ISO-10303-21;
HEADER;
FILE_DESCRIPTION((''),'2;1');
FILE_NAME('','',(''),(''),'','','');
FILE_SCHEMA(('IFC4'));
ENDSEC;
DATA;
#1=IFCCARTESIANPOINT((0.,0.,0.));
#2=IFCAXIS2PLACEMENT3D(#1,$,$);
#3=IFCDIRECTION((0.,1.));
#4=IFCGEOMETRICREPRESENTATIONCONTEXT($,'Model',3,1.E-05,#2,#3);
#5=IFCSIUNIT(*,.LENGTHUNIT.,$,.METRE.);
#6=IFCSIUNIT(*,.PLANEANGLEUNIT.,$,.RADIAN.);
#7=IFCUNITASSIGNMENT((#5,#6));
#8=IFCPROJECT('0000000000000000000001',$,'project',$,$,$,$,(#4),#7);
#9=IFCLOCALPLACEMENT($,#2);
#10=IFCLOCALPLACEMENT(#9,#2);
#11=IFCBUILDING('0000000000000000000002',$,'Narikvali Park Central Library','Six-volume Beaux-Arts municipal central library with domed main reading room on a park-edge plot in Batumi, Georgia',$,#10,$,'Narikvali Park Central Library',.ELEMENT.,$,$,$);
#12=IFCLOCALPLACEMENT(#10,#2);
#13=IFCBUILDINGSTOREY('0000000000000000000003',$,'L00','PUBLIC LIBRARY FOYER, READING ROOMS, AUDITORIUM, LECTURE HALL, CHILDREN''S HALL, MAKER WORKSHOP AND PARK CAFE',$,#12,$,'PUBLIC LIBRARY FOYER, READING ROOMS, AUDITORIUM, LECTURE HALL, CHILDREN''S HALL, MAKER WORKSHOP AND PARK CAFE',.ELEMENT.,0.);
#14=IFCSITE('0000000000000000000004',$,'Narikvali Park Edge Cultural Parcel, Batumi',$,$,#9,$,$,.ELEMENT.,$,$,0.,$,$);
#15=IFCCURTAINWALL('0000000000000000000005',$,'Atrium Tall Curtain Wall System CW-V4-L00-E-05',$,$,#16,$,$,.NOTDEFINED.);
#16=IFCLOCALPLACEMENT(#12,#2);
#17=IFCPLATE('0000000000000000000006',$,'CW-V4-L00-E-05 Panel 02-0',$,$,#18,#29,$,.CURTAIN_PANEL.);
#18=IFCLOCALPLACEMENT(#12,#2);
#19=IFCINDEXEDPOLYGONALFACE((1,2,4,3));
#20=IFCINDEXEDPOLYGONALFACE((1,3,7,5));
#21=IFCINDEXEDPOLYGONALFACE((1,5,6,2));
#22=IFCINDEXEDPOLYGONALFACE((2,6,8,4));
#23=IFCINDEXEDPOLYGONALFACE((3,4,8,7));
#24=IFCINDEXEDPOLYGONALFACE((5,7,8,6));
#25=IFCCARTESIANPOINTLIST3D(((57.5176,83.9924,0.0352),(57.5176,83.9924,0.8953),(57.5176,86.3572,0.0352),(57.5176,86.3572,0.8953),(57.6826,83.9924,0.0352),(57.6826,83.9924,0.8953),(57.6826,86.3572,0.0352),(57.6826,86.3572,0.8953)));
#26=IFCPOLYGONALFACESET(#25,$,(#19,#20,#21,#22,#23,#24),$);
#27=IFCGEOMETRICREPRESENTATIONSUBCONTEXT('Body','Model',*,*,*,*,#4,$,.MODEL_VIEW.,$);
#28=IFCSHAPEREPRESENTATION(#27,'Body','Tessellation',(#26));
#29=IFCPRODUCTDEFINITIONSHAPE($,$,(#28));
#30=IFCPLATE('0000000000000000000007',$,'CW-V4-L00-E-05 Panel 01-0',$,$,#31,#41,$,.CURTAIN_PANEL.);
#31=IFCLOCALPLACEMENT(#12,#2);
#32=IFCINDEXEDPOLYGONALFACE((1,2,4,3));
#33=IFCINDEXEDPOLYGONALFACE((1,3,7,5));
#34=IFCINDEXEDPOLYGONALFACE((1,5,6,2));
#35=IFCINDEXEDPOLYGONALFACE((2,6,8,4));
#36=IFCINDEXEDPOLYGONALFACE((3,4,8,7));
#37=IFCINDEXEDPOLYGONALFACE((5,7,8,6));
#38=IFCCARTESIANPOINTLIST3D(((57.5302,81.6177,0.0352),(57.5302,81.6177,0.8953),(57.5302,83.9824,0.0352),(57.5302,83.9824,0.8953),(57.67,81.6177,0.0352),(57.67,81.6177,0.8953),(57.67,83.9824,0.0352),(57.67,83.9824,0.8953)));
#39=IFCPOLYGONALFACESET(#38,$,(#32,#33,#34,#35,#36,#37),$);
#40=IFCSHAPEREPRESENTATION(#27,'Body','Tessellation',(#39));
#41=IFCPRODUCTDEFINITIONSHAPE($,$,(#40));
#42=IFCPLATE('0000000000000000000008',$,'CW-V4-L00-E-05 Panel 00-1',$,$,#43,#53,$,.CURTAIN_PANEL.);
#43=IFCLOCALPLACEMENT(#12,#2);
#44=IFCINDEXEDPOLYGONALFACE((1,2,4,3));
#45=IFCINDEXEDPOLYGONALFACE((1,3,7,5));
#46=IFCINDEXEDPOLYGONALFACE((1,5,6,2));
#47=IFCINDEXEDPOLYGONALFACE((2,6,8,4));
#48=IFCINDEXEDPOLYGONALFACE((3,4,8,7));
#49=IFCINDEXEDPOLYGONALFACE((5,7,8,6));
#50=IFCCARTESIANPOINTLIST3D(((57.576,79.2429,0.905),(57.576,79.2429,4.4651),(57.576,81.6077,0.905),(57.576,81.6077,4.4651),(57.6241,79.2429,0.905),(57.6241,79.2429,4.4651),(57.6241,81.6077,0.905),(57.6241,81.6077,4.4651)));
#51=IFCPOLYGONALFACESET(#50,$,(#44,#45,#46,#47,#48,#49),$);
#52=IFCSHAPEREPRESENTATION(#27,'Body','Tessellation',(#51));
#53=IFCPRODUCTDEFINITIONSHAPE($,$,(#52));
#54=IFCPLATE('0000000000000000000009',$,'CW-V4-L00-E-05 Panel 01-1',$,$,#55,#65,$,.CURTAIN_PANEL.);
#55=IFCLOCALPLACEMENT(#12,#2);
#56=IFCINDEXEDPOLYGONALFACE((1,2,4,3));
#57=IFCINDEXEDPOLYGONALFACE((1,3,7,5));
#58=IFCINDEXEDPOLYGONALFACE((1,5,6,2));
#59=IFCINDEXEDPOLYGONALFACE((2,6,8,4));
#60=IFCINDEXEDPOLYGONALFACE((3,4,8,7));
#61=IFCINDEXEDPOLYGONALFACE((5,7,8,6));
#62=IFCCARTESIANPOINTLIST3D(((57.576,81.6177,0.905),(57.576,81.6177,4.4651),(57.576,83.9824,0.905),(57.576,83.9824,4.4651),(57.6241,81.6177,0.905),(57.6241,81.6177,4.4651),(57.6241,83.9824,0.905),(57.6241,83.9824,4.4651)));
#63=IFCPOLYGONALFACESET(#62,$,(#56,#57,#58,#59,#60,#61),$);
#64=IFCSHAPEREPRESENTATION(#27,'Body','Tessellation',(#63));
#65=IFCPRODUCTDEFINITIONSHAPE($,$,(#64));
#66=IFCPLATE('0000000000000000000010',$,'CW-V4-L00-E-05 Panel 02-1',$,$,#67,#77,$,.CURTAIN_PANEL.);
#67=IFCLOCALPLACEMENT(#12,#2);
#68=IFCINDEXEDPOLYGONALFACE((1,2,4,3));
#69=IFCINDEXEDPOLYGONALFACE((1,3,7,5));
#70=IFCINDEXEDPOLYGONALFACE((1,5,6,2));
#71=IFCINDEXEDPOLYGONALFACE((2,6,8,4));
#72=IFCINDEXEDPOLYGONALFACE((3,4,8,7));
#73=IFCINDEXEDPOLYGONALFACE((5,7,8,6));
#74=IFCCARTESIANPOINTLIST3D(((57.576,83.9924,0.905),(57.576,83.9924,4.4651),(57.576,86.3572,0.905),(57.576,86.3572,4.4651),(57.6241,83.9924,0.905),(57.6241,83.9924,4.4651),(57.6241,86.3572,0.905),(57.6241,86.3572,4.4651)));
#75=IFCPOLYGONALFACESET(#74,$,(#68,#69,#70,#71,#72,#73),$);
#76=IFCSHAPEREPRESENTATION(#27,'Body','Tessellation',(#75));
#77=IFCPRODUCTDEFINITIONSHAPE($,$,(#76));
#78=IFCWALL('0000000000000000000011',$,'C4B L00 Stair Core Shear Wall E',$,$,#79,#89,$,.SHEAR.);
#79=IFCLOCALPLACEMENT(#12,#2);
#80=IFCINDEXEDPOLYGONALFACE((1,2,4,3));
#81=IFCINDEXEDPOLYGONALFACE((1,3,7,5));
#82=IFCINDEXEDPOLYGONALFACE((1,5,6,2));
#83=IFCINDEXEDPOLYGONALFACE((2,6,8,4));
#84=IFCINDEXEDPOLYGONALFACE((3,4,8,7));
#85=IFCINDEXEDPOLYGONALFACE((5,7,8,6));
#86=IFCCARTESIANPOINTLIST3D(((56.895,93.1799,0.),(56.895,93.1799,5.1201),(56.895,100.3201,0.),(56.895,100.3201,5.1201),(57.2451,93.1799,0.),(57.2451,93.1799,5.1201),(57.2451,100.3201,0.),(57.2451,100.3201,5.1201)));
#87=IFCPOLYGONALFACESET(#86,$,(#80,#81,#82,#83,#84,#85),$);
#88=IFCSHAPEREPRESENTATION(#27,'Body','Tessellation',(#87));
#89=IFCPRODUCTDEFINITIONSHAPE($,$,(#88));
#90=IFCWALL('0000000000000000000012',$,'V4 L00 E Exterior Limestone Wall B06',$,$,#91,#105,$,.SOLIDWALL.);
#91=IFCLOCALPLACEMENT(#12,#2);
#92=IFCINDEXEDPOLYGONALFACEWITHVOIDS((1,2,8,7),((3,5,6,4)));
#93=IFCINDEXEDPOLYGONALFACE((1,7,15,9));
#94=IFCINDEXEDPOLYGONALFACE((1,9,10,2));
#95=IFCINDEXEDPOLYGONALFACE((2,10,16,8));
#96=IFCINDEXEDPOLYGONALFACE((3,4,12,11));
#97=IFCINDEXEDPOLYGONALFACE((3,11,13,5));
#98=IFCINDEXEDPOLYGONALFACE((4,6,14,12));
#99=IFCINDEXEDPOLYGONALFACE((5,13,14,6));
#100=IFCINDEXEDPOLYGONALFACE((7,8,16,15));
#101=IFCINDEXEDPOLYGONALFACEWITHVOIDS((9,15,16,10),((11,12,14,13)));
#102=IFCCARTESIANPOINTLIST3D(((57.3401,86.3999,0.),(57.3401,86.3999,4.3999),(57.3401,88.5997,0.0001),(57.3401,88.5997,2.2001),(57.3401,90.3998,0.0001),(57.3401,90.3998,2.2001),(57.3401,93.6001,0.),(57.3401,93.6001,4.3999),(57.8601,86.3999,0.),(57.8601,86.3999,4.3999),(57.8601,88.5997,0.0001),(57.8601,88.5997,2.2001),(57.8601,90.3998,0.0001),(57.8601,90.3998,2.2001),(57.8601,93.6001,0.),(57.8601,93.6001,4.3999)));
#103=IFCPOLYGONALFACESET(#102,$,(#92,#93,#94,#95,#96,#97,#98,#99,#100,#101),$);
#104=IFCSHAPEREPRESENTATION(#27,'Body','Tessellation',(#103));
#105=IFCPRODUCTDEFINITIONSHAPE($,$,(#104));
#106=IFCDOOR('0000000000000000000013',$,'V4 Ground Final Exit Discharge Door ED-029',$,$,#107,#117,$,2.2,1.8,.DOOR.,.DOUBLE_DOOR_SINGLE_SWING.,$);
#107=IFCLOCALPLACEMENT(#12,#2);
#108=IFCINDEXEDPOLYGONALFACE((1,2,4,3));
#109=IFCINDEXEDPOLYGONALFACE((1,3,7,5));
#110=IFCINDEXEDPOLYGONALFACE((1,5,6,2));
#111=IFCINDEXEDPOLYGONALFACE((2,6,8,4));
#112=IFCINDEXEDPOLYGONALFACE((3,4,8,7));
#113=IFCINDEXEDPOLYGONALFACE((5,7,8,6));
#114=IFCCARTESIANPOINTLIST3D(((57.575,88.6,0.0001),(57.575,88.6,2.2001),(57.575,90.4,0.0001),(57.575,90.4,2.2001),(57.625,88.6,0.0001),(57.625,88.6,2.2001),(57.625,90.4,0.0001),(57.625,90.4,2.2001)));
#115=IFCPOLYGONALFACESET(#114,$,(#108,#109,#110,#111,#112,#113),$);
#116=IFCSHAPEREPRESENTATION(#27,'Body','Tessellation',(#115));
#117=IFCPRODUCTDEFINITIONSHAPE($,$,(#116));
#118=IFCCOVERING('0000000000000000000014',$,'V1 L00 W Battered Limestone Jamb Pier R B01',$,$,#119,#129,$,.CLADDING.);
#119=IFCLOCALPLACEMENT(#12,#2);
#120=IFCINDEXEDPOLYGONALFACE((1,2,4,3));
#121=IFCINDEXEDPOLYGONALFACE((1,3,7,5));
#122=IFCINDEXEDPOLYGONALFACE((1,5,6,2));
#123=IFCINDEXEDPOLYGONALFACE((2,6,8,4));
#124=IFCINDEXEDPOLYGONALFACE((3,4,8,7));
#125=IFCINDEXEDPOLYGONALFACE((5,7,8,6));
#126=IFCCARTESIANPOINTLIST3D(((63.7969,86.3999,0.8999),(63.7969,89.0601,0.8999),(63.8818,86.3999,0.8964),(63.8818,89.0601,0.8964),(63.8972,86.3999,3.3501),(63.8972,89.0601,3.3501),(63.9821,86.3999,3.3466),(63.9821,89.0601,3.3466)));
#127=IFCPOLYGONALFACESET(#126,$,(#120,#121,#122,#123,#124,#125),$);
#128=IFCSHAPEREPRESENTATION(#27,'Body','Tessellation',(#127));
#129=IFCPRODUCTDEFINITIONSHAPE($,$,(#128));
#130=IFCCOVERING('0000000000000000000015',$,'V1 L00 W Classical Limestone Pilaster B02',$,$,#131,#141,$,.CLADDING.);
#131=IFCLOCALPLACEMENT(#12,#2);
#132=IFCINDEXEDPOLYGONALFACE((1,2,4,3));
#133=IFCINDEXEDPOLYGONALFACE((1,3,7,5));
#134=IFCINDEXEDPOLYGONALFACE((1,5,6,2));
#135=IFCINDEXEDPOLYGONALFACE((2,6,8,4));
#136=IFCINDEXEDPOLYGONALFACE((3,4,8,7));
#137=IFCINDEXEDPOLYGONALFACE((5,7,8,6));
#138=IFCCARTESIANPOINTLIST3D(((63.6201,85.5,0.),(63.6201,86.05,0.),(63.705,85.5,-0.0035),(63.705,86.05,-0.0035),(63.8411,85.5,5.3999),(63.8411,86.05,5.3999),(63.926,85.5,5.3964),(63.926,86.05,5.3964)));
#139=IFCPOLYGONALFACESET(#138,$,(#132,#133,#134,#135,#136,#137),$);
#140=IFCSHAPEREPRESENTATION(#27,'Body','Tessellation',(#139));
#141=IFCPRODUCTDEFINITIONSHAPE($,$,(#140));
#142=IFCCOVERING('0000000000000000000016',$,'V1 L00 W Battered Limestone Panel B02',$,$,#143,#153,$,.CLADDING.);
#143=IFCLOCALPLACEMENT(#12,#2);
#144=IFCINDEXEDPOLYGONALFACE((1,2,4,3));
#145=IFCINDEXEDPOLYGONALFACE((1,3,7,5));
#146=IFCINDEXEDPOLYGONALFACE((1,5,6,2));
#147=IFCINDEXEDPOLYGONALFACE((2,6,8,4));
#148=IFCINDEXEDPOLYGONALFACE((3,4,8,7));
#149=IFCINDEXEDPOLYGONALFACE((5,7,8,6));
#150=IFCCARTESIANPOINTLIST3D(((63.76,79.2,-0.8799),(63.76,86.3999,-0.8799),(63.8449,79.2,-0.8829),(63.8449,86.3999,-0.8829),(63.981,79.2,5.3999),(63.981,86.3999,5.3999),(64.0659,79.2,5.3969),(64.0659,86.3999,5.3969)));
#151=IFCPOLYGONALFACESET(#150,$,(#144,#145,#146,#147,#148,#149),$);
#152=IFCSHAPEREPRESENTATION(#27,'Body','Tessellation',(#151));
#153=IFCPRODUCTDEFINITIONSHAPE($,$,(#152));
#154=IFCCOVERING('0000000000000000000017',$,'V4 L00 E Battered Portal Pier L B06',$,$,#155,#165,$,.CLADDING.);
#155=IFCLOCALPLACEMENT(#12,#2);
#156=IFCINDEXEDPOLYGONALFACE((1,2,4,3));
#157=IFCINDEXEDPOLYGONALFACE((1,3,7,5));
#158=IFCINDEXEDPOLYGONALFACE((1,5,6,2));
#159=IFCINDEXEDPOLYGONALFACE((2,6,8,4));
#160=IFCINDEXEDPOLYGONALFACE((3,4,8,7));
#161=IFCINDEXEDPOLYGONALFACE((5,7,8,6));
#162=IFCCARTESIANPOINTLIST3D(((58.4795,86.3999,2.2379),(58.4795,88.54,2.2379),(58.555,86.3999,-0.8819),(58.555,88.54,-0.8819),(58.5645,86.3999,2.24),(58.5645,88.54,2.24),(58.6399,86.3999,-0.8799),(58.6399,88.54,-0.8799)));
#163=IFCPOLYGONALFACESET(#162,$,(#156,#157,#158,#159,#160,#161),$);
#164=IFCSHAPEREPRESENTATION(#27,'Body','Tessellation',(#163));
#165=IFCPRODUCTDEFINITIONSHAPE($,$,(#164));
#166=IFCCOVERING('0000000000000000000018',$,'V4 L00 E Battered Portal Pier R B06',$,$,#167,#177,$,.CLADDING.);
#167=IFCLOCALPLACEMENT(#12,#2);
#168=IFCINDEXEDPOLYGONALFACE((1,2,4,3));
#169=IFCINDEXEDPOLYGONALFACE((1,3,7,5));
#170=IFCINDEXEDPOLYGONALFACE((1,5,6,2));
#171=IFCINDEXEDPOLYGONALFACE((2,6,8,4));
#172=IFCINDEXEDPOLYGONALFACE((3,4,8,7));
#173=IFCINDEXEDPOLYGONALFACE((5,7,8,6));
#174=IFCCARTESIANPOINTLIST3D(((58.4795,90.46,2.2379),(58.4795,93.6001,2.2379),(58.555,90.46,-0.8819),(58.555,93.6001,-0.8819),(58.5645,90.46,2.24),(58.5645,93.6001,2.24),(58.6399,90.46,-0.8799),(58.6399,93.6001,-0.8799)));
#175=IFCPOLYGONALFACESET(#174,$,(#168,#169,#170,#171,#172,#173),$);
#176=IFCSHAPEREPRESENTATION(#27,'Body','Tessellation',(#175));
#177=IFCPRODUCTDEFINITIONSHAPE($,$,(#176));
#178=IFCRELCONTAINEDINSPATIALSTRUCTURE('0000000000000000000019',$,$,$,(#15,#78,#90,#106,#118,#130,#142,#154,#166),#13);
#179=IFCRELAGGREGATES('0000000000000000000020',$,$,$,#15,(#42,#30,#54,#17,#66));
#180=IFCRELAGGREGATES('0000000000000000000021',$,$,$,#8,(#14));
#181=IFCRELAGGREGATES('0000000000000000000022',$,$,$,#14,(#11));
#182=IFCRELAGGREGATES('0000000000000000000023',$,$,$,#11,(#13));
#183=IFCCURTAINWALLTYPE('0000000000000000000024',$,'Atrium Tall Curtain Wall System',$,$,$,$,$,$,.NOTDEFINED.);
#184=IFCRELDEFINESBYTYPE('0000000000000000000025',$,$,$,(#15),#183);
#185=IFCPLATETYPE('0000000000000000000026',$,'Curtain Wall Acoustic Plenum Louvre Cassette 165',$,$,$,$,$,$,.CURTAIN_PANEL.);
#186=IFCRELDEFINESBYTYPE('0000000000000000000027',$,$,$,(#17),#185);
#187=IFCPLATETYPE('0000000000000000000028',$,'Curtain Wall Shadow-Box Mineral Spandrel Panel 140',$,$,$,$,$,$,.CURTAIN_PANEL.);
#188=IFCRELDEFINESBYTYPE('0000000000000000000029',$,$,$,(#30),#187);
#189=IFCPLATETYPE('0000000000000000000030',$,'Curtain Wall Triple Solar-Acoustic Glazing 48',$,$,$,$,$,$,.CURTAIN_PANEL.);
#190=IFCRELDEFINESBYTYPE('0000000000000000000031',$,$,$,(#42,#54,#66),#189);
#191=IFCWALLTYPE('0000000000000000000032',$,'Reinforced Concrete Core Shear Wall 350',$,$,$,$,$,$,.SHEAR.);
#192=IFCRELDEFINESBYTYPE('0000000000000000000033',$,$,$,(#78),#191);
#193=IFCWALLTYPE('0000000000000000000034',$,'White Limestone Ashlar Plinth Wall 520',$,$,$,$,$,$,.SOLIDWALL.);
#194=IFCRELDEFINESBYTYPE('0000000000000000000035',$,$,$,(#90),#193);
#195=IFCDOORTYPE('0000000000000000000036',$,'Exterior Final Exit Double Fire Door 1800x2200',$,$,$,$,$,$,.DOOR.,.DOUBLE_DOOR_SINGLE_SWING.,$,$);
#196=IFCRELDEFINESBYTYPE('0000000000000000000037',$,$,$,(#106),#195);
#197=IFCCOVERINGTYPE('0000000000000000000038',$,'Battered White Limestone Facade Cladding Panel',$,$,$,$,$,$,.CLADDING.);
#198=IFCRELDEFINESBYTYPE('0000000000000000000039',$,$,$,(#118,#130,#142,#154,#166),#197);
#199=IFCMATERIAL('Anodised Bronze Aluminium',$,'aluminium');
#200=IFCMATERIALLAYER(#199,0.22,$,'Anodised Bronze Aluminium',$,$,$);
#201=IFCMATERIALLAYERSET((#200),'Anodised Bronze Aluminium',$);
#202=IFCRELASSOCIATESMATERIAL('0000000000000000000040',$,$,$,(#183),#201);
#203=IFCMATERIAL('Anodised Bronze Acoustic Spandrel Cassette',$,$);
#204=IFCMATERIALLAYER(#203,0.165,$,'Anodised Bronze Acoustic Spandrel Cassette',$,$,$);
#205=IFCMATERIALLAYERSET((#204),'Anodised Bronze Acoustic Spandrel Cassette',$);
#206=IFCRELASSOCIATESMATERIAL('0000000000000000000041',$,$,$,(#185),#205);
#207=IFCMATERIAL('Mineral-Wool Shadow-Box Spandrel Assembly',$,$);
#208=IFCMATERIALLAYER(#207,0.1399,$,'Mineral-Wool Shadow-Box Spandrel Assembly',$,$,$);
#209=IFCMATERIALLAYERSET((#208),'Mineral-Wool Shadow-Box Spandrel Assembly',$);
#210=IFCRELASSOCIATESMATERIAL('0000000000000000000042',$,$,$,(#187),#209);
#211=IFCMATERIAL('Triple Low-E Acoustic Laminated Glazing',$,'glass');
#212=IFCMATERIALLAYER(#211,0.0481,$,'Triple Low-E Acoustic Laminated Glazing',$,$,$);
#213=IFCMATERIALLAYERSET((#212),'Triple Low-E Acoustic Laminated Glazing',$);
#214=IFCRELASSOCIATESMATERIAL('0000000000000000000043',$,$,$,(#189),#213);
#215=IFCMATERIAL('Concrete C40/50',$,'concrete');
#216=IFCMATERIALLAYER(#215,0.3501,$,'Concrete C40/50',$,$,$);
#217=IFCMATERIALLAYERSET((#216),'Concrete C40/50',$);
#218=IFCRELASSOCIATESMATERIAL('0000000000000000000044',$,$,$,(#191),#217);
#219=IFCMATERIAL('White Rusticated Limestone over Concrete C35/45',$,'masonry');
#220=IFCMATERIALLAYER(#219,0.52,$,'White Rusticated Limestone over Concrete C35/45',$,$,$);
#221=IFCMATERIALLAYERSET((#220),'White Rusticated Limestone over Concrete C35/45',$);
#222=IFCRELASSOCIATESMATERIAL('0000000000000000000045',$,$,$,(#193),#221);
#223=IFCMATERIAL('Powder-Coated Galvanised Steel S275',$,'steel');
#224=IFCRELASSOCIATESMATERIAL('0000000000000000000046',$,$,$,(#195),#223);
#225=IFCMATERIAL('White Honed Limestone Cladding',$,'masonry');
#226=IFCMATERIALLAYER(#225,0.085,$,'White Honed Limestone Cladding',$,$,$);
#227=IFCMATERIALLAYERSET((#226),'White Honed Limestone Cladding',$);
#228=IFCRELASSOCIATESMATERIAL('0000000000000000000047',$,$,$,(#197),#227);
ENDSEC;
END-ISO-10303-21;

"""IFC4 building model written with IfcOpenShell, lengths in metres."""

from ifc_helpers import new_model, si_unit, direction, frame, frame_2d, origin, origin_2d, place, context, subcontext, project, spatial, polyline, rectangle, outline, extrude, material, layer, layer_set, type_object, element, fill, aggregate, save


model = new_model("IFC4")

# Units and contexts
model_context = context("Model", 3, precision=1e-05, world=origin(), true_north=direction((0.0, 1.0)))
body_context = subcontext(model_context, "Body", "Model", "MODEL_VIEW")
ifc_project = project(units=[si_unit("LENGTHUNIT", "METRE"), si_unit("PLANEANGLEUNIT", "RADIAN")], contexts=[model_context])

# Site, building, storey
site_placement = place(None, origin())
site = spatial("IfcSite", under=ifc_project, at=site_placement, Name="Narikvali Park Edge Cultural Parcel, Batumi", CompositionType="ELEMENT", RefElevation=0.0)
building_placement = place(site_placement, origin())
building = spatial("IfcBuilding", under=site, at=building_placement, Name="Narikvali Park Central Library", Description="Six-volume Beaux-Arts municipal central library with domed main reading room on a park-edge plot in Batumi, Georgia", LongName="Narikvali Park Central Library", CompositionType="ELEMENT")
storey_placement = place(building_placement, origin())
storey = spatial("IfcBuildingStorey", under=building, at=storey_placement, Name="L00", Description="PUBLIC LIBRARY FOYER, READING ROOMS, AUDITORIUM, LECTURE HALL, CHILDREN'S HALL, MAKER WORKSHOP AND PARK CAFE", LongName="PUBLIC LIBRARY FOYER, READING ROOMS, AUDITORIUM, LECTURE HALL, CHILDREN'S HALL, MAKER WORKSHOP AND PARK CAFE", CompositionType="ELEMENT", Elevation=0.0)

# Curtain wall
ifc_material_1 = material(Name="Anodised Bronze Aluminium", Category="aluminium")
ifc_layer_1 = layer(ifc_material_1, 0.22, Name="Anodised Bronze Aluminium")
ifc_layer_set_1 = layer_set([ifc_layer_1], Name="Anodised Bronze Aluminium")
curtain_wall_type = type_object("IfcCurtainWallType", Name="Atrium Tall Curtain Wall System", PredefinedType="NOTDEFINED", material=ifc_layer_set_1)
curtain_wall_placement = place(storey_placement, origin())
curtain_wall = element("IfcCurtainWall", 1, at=curtain_wall_placement, inside=storey, type_object=curtain_wall_type, Name="Atrium Tall Curtain Wall System CW-V4-L00-E-05", PredefinedType="NOTDEFINED")

# Plates
ifc_material_2 = material(Name="Anodised Bronze Acoustic Spandrel Cassette")
ifc_layer_2 = layer(ifc_material_2, 0.165, Name="Anodised Bronze Acoustic Spandrel Cassette")
ifc_layer_set_2 = layer_set([ifc_layer_2], Name="Anodised Bronze Acoustic Spandrel Cassette")
plate_type_1 = type_object("IfcPlateType", Name="Curtain Wall Acoustic Plenum Louvre Cassette 165", PredefinedType="CURTAIN_PANEL", material=ifc_layer_set_2)
plate_1_placement = place(storey_placement, frame((57.6001, 85.1748, 0.0352), z_axis=(0.0, 0.0, 1.0), x_axis=(0.0, 1.0, 0.0)))
plate_1 = element("IfcPlate", 2, at=plate_1_placement, type_object=plate_type_1, Name="CW-V4-L00-E-05 Panel 02-0", PredefinedType="CURTAIN_PANEL", context=body_context, shape_type="SweptSolid", body=[
    extrude(rectangle(XDim=2.3647, YDim=0.165, at=origin_2d()), origin(), (0.0, 0.0, 1.0), 0.8601),
])
ifc_material_3 = material(Name="Mineral-Wool Shadow-Box Spandrel Assembly")
ifc_layer_3 = layer(ifc_material_3, 0.1399, Name="Mineral-Wool Shadow-Box Spandrel Assembly")
ifc_layer_set_3 = layer_set([ifc_layer_3], Name="Mineral-Wool Shadow-Box Spandrel Assembly")
plate_type_2 = type_object("IfcPlateType", Name="Curtain Wall Shadow-Box Mineral Spandrel Panel 140", PredefinedType="CURTAIN_PANEL", material=ifc_layer_set_3)
plate_2_placement = place(storey_placement, frame((57.6001, 82.8, 0.0352), z_axis=(0.0, 0.0, 1.0), x_axis=(0.0, 1.0, 0.0)))
plate_2 = element("IfcPlate", 3, at=plate_2_placement, type_object=plate_type_2, Name="CW-V4-L00-E-05 Panel 01-0", PredefinedType="CURTAIN_PANEL", context=body_context, shape_type="SweptSolid", body=[
    extrude(rectangle(XDim=2.3647, YDim=0.1399, at=origin_2d()), origin(), (0.0, 0.0, 1.0), 0.8601),
])
ifc_material_4 = material(Name="Triple Low-E Acoustic Laminated Glazing", Category="glass")
ifc_layer_4 = layer(ifc_material_4, 0.0481, Name="Triple Low-E Acoustic Laminated Glazing")
ifc_layer_set_4 = layer_set([ifc_layer_4], Name="Triple Low-E Acoustic Laminated Glazing")
plate_type_3 = type_object("IfcPlateType", Name="Curtain Wall Triple Solar-Acoustic Glazing 48", PredefinedType="CURTAIN_PANEL", material=ifc_layer_set_4)
plate_3_placement = place(storey_placement, frame((57.6001, 80.4253, 0.905), z_axis=(0.0, 0.0, 1.0), x_axis=(0.0, 1.0, 0.0)))
plate_3 = element("IfcPlate", 4, at=plate_3_placement, type_object=plate_type_3, Name="CW-V4-L00-E-05 Panel 00-1", PredefinedType="CURTAIN_PANEL", context=body_context, shape_type="SweptSolid", body=[
    extrude(rectangle(XDim=2.3647, YDim=0.0481, at=origin_2d()), origin(), (0.0, 0.0, 1.0), 3.5601),
])
plate_4_placement = place(storey_placement, frame((57.6001, 82.8, 0.905), z_axis=(0.0, 0.0, 1.0), x_axis=(0.0, 1.0, 0.0)))
plate_4 = element("IfcPlate", 5, at=plate_4_placement, type_object=plate_type_3, Name="CW-V4-L00-E-05 Panel 01-1", PredefinedType="CURTAIN_PANEL", context=body_context, shape_type="SweptSolid", body=[
    extrude(rectangle(XDim=2.3647, YDim=0.0481, at=origin_2d()), origin(), (0.0, 0.0, 1.0), 3.5601),
])
plate_5_placement = place(storey_placement, frame((57.6001, 85.1748, 0.905), z_axis=(0.0, 0.0, 1.0), x_axis=(0.0, 1.0, 0.0)))
plate_5 = element("IfcPlate", 6, at=plate_5_placement, type_object=plate_type_3, Name="CW-V4-L00-E-05 Panel 02-1", PredefinedType="CURTAIN_PANEL", context=body_context, shape_type="SweptSolid", body=[
    extrude(rectangle(XDim=2.3647, YDim=0.0481, at=origin_2d()), origin(), (0.0, 0.0, 1.0), 3.5601),
])
aggregate(curtain_wall, [plate_3, plate_2, plate_4, plate_1, plate_5])

# Shared definitions
ifc_material_5 = material(Name="Concrete C40/50", Category="concrete")
ifc_layer_5 = layer(ifc_material_5, 0.3501, Name="Concrete C40/50")
ifc_layer_set_5 = layer_set([ifc_layer_5], Name="Concrete C40/50")
wall_type_1 = type_object("IfcWallType", Name="Reinforced Concrete Core Shear Wall 350", PredefinedType="SHEAR", material=ifc_layer_set_5)

# Wall
wall_1_placement = place(storey_placement, frame((57.0701, 93.1799, 0.0), z_axis=(0.0, 0.0, 1.0), x_axis=(0.0, 1.0, 0.0)))
element("IfcWall", 7, at=wall_1_placement, inside=storey, type_object=wall_type_1, Name="C4B L00 Stair Core Shear Wall E", PredefinedType="SHEAR", context=body_context, shape_type="SweptSolid", body=[
    extrude(rectangle(XDim=7.1401, YDim=0.3501, at=frame_2d((3.5701, 0.0))), origin(), (0.0, 0.0, 1.0), 5.1201),
])

# Wall, opening, door
ifc_material_6 = material(Name="White Rusticated Limestone over Concrete C35/45", Category="masonry")
ifc_layer_6 = layer(ifc_material_6, 0.52, Name="White Rusticated Limestone over Concrete C35/45")
ifc_layer_set_6 = layer_set([ifc_layer_6], Name="White Rusticated Limestone over Concrete C35/45")
wall_type_2 = type_object("IfcWallType", Name="White Limestone Ashlar Plinth Wall 520", PredefinedType="SOLIDWALL", material=ifc_layer_set_6)
wall_2_placement = place(storey_placement, frame((57.6001, 86.3999, 0.0), z_axis=(0.0, 0.0, 1.0), x_axis=(0.0, 1.0, 0.0)))
wall_2 = element("IfcWall", 8, at=wall_2_placement, inside=storey, type_object=wall_type_2, Name="V4 L00 E Exterior Limestone Wall B06", PredefinedType="SOLIDWALL", context=body_context, shape_type="SweptSolid", body=[
    extrude(rectangle(XDim=7.2002, YDim=0.52, at=frame_2d((3.6001, 0.0))), origin(), (0.0, 0.0, 1.0), 4.3999),
])
opening_1_placement = place(wall_2_placement, frame((2.2, 0.0, 0.0)))
opening_1 = element("IfcOpeningElement", 9, at=opening_1_placement, cuts=wall_2, PredefinedType="OPENING", context=body_context, shape_type="SweptSolid", body=[
    extrude(rectangle(XDim=1.8, YDim=2.2, at=frame_2d((0.8999, 1.1001))), frame((0.0, 0.272, 0.0), z_axis=(0.0, -1.0, 0.0), x_axis=(1.0, 0.0, 0.0)), (0.0, 0.0, 1.0), 0.5439),
])
ifc_material_7 = material(Name="Powder-Coated Galvanised Steel S275", Category="steel")
door_type_1 = type_object("IfcDoorType", Name="Exterior Final Exit Double Fire Door 1800x2200", OperationType="DOUBLE_DOOR_SINGLE_SWING", PredefinedType="DOOR", material=ifc_material_7)
door_1_placement = place(opening_1_placement, frame((1.8, 0.0, 0.0), z_axis=(0.0, 0.0, 1.0), x_axis=(-1.0, 0.0, 0.0)))
door_1 = element("IfcDoor", 10, at=door_1_placement, inside=storey, type_object=door_type_1, Name="V4 Ground Final Exit Discharge Door ED-029", OperationType="DOUBLE_DOOR_SINGLE_SWING", OverallHeight=2.2, OverallWidth=1.8, PredefinedType="DOOR", context=body_context, shape_type="SweptSolid", body=[
    extrude(rectangle(XDim=1.8, YDim=2.2, at=frame_2d((0.8999, 1.1001))), frame((0.0, 0.0249, 0.0), z_axis=(0.0, -1.0, 0.0), x_axis=(1.0, 0.0, 0.0)), (0.0, 0.0, 1.0), 0.05),
])
fill(opening_1, door_1)

# Coverings
ifc_material_8 = material(Name="White Honed Limestone Cladding", Category="masonry")
ifc_layer_7 = layer(ifc_material_8, 0.085, Name="White Honed Limestone Cladding")
ifc_layer_set_7 = layer_set([ifc_layer_7], Name="White Honed Limestone Cladding")
covering_type = type_object("IfcCoveringType", Name="Battered White Limestone Facade Cladding Panel", PredefinedType="CLADDING", material=ifc_layer_set_7)
covering_1_placement = place(storey_placement, frame((63.7969, 89.0601, 0.8999), z_axis=(-0.999162, 0.0, 0.040918), x_axis=(0.0, -1.0, 0.0)))
element("IfcCovering", 11, at=covering_1_placement, inside=storey, type_object=covering_type, Name="V1 L00 W Battered Limestone Jamb Pier R B01", PredefinedType="CLADDING", context=body_context, shape_type="SweptSolid", body=[
    extrude(outline(polyline([(0.0, 0.0), (2.6602, 0.0), (2.6602, 2.4522), (0.0, 2.4522), (0.0, 0.0)])), origin(), (0.0, 0.0, -1.0), 0.085),
])
covering_2_placement = place(storey_placement, frame((63.6201, 86.05, 0.0), z_axis=(-0.999164, 0.0, 0.040883), x_axis=(0.0, -1.0, 0.0)))
element("IfcCovering", 12, at=covering_2_placement, inside=storey, type_object=covering_type, Name="V1 L00 W Classical Limestone Pilaster B02", PredefinedType="CLADDING", context=body_context, shape_type="SweptSolid", body=[
    extrude(outline(polyline([(0.0, 0.0), (0.55, 0.0), (0.55, 5.4044), (0.0, 5.4044), (0.0, 0.0)])), origin(), (0.0, 0.0, -1.0), 0.085),
])
covering_3_placement = place(storey_placement, frame((63.76, 86.3999, -0.8799), z_axis=(-0.999382, 0.0, 0.035162), x_axis=(0.0, -1.0, 0.0)))
element("IfcCovering", 13, at=covering_3_placement, inside=storey, type_object=covering_type, Name="V1 L00 W Battered Limestone Panel B02", PredefinedType="CLADDING", context=body_context, shape_type="SweptSolid", body=[
    extrude(outline(polyline([(0.0, 0.0), (7.2, 0.0), (7.2, 6.2837), (0.0, 6.2837), (0.0, 0.0)])), origin(), (0.0, 0.0, -1.0), 0.085),
])
covering_4_placement = place(storey_placement, frame((58.6399, 86.3999, -0.8799), z_axis=(0.999708, 0.0, 0.024173), x_axis=(0.0, 1.0, 0.0)))
element("IfcCovering", 14, at=covering_4_placement, inside=storey, type_object=covering_type, Name="V4 L00 E Battered Portal Pier L B06", PredefinedType="CLADDING", context=body_context, shape_type="SweptSolid", body=[
    extrude(outline(polyline([(0.0, 0.0), (2.1401, 0.0), (2.1401, 3.1208), (0.0, 3.1208), (0.0, 0.0)])), origin(), (0.0, 0.0, -1.0), 0.085),
])
covering_5_placement = place(storey_placement, frame((58.6399, 90.46, -0.8799), z_axis=(0.999708, 0.0, 0.024173), x_axis=(0.0, 1.0, 0.0)))
element("IfcCovering", 15, at=covering_5_placement, inside=storey, type_object=covering_type, Name="V4 L00 E Battered Portal Pier R B06", PredefinedType="CLADDING", context=body_context, shape_type="SweptSolid", body=[
    extrude(outline(polyline([(0.0, 0.0), (3.1401, 0.0), (3.1401, 3.1208), (0.0, 3.1208), (0.0, 0.0)])), origin(), (0.0, 0.0, -1.0), 0.085),
])

save(model, "model.ifc")
